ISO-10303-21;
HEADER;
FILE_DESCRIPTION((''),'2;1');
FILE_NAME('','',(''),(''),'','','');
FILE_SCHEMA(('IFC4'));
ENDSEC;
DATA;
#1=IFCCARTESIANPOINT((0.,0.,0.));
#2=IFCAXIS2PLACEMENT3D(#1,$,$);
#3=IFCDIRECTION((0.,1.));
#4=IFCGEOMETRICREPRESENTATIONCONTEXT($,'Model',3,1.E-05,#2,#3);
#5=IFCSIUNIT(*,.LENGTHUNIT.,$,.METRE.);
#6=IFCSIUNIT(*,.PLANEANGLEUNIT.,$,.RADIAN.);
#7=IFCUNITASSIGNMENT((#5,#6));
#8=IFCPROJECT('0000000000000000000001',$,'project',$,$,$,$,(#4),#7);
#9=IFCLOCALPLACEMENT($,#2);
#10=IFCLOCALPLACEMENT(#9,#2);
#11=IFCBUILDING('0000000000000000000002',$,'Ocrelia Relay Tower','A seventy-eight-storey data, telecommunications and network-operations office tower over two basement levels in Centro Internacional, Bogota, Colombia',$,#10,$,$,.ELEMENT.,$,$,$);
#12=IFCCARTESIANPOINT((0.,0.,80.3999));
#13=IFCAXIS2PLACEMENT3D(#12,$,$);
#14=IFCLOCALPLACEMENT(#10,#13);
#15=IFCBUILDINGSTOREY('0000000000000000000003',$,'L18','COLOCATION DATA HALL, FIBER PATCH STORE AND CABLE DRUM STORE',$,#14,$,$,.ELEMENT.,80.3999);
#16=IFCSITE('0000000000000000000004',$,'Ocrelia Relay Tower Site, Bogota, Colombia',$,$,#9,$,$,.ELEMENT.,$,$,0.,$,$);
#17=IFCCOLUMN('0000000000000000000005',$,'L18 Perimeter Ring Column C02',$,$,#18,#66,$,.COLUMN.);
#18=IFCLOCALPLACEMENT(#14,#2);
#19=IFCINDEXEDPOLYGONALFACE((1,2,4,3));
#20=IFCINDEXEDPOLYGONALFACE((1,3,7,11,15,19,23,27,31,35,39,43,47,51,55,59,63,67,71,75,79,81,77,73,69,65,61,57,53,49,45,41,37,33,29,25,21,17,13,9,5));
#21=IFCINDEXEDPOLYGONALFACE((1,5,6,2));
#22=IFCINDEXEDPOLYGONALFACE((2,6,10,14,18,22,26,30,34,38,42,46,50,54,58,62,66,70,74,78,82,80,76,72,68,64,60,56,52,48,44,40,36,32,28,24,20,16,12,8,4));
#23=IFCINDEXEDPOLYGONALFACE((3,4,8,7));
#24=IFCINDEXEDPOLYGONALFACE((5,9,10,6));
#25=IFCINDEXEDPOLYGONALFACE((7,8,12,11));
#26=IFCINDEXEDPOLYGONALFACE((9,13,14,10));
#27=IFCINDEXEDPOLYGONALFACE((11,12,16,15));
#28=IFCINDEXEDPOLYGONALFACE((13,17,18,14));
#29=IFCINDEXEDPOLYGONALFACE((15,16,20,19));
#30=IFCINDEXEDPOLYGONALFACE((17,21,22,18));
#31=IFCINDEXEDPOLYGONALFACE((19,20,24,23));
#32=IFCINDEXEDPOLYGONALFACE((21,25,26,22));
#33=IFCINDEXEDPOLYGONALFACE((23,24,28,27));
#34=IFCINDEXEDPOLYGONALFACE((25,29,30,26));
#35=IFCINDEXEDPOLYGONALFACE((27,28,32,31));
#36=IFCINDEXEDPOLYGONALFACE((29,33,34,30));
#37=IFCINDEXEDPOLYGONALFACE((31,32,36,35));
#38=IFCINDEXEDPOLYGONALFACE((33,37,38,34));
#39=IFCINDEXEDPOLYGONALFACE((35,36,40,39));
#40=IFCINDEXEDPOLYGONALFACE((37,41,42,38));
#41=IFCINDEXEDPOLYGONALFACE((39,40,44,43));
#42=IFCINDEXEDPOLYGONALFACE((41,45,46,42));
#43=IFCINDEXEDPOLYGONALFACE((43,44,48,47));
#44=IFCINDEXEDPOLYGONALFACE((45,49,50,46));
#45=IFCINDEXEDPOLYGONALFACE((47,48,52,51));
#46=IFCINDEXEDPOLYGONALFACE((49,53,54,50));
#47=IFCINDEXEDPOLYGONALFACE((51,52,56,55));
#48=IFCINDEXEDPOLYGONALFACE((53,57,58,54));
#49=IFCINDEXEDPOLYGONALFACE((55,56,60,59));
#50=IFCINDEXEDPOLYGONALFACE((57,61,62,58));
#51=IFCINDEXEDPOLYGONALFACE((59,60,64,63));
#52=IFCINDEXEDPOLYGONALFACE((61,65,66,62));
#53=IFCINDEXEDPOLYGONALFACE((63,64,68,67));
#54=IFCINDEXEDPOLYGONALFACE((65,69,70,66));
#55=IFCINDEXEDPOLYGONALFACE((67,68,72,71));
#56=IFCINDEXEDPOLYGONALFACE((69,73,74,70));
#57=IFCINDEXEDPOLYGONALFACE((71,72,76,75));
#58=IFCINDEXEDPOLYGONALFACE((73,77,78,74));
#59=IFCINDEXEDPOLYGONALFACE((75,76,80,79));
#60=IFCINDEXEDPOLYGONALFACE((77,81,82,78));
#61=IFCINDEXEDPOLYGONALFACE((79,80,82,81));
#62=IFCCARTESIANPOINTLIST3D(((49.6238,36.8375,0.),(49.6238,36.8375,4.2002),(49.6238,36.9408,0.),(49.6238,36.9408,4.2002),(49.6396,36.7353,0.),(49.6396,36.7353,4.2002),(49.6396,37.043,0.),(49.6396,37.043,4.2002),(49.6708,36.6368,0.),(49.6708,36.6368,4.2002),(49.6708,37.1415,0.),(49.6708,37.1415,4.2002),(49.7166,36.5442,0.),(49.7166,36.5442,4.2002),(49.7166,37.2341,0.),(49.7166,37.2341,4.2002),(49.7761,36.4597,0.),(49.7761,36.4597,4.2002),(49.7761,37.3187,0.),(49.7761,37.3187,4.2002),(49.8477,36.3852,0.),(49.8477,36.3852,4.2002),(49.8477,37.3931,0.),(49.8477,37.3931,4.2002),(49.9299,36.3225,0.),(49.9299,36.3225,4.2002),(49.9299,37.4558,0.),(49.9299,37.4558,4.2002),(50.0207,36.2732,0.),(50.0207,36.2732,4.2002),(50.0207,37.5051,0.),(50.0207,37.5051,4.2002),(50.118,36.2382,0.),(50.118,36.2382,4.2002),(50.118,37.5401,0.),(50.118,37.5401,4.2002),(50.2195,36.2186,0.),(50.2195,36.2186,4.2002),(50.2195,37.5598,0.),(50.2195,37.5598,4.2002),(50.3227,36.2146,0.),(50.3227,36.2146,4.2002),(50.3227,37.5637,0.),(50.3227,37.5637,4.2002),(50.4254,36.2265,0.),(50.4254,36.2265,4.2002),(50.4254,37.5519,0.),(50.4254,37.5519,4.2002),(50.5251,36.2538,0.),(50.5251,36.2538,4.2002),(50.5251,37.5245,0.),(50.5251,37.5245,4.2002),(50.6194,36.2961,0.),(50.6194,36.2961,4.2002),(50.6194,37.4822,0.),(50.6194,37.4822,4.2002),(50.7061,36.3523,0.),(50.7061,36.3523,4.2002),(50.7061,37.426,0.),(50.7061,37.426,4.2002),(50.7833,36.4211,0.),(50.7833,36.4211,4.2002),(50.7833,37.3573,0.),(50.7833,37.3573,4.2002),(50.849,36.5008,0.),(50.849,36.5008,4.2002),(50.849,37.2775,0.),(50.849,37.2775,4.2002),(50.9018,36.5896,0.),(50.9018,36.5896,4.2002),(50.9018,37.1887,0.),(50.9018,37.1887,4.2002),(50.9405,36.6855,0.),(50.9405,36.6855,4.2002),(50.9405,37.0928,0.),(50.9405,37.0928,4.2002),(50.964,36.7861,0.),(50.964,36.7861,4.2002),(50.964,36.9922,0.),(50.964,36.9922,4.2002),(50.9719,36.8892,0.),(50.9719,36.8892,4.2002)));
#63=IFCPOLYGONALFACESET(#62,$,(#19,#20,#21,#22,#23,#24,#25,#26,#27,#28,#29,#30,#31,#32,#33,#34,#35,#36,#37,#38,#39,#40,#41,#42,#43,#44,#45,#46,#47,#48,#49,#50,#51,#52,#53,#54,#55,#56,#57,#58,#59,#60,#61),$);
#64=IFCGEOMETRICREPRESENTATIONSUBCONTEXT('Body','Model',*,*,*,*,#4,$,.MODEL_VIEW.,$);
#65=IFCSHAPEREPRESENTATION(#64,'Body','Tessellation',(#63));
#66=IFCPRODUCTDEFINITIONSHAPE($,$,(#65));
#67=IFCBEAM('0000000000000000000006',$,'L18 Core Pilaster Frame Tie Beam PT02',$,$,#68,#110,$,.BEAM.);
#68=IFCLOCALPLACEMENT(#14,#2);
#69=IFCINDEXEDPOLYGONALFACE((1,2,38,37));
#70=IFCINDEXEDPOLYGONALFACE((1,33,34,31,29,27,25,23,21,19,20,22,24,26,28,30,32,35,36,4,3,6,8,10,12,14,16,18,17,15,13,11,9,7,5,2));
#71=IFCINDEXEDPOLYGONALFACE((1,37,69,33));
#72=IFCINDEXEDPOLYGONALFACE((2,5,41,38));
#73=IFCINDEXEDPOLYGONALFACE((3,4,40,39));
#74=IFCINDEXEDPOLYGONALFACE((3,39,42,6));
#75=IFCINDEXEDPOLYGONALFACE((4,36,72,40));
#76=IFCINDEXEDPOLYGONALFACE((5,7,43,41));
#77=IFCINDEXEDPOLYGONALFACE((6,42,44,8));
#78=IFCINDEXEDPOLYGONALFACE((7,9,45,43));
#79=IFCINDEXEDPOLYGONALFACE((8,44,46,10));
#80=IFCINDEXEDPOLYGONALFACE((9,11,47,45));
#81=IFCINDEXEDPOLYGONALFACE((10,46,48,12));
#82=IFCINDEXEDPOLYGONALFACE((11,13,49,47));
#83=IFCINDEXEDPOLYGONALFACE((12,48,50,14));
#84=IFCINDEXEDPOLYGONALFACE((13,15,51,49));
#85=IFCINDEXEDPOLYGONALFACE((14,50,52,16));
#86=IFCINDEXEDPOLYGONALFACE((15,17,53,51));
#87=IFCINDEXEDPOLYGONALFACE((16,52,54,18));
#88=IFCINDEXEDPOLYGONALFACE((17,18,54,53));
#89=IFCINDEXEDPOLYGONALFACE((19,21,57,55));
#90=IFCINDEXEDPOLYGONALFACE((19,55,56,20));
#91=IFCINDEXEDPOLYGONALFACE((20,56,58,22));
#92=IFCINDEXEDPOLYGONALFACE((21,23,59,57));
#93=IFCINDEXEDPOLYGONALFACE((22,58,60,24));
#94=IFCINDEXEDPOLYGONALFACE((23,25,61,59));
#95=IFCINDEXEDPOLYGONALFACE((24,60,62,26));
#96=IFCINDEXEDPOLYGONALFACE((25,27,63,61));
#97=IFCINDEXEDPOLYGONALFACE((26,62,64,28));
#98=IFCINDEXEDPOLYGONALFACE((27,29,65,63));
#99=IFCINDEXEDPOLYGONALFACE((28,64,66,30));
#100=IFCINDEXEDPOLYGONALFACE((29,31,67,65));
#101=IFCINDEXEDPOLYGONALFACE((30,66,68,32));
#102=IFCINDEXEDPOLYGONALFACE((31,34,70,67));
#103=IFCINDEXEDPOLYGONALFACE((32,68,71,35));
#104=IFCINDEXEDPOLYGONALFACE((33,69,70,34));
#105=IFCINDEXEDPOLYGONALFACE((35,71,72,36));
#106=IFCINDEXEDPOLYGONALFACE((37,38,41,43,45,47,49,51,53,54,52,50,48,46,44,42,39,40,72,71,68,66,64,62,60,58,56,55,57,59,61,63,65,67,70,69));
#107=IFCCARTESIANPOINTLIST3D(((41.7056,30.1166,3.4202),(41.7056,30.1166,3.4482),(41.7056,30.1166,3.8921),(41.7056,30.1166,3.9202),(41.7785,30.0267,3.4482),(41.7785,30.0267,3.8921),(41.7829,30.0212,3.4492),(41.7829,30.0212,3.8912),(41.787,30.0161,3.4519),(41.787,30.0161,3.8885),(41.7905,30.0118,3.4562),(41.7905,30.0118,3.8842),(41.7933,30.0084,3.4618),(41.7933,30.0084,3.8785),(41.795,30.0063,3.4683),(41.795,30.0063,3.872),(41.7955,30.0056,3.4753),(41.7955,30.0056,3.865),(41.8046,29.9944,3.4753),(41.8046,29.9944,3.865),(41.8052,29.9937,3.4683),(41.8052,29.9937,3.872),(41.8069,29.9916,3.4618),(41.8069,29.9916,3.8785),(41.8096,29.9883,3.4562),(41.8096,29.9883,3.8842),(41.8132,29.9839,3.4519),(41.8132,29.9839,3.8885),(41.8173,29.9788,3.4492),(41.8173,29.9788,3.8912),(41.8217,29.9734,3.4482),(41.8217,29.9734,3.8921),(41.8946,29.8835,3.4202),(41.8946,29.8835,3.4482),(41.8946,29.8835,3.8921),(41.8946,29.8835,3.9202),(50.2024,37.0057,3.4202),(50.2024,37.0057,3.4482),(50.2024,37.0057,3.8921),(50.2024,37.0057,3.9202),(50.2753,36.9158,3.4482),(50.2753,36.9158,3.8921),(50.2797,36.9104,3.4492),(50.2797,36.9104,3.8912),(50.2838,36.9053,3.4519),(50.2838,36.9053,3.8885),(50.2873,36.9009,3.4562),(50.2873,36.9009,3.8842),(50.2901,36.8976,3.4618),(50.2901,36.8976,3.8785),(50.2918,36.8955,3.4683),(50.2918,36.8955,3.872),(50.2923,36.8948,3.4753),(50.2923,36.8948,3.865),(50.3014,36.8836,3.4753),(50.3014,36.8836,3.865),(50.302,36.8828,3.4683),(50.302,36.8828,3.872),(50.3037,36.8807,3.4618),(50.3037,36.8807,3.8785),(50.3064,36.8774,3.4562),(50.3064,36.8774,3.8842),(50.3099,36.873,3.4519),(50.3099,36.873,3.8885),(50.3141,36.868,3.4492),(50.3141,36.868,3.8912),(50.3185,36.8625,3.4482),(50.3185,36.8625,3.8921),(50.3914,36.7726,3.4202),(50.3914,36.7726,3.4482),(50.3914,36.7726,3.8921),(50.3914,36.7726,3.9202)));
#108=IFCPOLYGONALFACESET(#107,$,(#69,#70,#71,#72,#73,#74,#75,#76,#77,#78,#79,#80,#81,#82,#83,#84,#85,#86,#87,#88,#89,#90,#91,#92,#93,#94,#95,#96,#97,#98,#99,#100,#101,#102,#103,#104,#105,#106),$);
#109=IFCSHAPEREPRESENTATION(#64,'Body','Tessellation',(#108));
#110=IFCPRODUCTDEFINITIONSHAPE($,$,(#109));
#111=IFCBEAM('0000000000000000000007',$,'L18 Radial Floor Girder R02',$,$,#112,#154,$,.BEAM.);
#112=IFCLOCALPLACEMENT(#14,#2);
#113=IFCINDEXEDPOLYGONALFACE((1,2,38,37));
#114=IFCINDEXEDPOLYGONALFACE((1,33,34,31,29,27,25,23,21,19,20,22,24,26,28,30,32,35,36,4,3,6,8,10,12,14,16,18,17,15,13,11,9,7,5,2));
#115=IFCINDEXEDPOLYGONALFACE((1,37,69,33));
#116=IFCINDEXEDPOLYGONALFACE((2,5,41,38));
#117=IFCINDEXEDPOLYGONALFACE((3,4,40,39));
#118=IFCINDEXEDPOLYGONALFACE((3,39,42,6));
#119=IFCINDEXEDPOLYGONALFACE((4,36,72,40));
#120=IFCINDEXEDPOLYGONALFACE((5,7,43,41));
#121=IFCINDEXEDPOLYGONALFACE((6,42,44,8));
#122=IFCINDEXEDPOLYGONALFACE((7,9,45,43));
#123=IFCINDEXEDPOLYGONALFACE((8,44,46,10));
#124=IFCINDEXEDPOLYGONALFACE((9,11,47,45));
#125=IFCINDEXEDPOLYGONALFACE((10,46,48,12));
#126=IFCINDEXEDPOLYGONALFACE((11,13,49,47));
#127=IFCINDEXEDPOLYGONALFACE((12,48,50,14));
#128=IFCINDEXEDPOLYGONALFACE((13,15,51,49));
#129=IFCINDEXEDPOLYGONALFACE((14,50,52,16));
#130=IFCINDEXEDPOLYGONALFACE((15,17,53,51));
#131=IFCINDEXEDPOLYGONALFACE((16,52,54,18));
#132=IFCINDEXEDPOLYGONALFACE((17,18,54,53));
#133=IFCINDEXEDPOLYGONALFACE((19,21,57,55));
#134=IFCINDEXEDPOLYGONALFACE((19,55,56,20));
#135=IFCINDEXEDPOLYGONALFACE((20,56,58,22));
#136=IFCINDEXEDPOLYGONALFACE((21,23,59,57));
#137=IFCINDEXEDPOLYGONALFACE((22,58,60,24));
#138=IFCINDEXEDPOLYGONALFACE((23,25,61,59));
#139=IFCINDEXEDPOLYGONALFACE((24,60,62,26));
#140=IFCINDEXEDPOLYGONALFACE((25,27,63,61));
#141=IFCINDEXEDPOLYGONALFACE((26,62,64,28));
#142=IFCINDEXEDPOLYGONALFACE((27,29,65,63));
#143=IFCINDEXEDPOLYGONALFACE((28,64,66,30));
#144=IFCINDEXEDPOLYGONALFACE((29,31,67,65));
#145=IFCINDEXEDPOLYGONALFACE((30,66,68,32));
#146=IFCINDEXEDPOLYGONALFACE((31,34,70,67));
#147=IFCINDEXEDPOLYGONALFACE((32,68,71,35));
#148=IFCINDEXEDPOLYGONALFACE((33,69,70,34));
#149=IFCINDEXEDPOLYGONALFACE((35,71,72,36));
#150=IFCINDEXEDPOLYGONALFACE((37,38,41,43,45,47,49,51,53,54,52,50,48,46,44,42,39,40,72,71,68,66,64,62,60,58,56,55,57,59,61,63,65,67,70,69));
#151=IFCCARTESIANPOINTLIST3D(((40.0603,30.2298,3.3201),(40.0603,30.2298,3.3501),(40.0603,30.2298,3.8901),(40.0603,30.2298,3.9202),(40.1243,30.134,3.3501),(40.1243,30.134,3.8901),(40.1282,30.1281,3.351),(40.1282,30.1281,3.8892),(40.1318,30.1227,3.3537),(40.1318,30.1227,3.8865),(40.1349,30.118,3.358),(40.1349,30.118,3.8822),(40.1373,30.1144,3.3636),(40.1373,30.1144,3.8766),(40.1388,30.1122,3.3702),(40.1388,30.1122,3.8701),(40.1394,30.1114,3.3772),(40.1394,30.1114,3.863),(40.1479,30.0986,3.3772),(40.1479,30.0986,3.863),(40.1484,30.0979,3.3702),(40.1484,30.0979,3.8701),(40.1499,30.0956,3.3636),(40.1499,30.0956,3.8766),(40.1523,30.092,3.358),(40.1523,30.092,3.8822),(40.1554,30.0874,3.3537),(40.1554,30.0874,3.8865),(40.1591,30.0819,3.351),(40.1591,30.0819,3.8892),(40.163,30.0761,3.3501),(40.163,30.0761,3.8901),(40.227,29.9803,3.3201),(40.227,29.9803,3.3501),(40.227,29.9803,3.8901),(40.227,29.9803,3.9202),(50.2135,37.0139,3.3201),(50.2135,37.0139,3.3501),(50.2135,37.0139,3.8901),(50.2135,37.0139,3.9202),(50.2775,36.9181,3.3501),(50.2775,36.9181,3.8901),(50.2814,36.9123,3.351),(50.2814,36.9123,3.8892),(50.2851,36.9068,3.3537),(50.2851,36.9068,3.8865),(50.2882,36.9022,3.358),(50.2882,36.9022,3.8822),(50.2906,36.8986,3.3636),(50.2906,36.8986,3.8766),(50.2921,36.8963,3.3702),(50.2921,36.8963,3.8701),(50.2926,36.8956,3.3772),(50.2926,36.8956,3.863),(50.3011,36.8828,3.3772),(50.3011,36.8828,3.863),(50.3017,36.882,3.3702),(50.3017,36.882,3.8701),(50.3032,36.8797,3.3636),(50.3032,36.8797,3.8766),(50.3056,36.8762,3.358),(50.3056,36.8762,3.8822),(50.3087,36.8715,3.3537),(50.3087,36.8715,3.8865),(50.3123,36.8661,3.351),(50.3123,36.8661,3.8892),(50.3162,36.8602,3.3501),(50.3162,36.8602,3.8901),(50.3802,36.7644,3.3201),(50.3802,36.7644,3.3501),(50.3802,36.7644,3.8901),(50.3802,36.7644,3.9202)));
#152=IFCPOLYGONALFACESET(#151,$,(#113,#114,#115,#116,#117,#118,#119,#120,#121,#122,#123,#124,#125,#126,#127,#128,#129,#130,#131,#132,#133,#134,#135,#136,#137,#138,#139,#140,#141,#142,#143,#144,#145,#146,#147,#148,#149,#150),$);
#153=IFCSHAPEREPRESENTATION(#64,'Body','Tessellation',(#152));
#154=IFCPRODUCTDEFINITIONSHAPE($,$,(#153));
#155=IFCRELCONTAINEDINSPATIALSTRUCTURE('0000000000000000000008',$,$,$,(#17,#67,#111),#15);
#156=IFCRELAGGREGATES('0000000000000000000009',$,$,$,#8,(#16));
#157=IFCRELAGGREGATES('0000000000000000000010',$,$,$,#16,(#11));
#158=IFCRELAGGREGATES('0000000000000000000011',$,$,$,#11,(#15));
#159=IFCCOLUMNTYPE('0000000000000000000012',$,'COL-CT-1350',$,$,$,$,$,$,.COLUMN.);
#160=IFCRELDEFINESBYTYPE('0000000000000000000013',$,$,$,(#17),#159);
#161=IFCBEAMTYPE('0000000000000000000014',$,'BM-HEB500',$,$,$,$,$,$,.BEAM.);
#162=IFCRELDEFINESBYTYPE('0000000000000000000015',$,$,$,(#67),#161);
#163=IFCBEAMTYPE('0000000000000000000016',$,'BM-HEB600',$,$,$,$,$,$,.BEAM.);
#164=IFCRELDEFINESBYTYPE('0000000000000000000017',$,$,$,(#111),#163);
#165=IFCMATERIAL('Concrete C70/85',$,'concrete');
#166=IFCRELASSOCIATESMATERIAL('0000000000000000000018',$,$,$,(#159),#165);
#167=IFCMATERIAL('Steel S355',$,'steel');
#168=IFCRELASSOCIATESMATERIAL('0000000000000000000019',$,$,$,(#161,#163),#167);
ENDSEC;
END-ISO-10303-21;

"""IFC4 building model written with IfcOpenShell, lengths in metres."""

from ifc_helpers import new_model, si_unit, direction, frame, origin, origin_2d, place, context, subcontext, project, spatial, circle, i_section, extrude, material, material_profile, profile_set, type_object, element, save


model = new_model("IFC4")

# Units and contexts
model_context = context("Model", 3, precision=1e-05, world=origin(), true_north=direction((0.0, 1.0)))
body_context = subcontext(model_context, "Body", "Model", "MODEL_VIEW")
ifc_project = project(units=[si_unit("LENGTHUNIT", "METRE"), si_unit("PLANEANGLEUNIT", "RADIAN")], contexts=[model_context])

# Site, building, storey
site_placement = place(None, origin())
site = spatial("IfcSite", under=ifc_project, at=site_placement, Name="Ocrelia Relay Tower Site, Bogota, Colombia", CompositionType="ELEMENT", RefElevation=0.0)
building_placement = place(site_placement, origin())
building = spatial("IfcBuilding", under=site, at=building_placement, Name="Ocrelia Relay Tower", Description="A seventy-eight-storey data, telecommunications and network-operations office tower over two basement levels in Centro Internacional, Bogota, Colombia", CompositionType="ELEMENT")
storey_placement = place(building_placement, frame((0.0, 0.0, 80.3999)))
storey = spatial("IfcBuildingStorey", under=building, at=storey_placement, Name="L18", Description="COLOCATION DATA HALL, FIBER PATCH STORE AND CABLE DRUM STORE", CompositionType="ELEMENT", Elevation=80.3999)

# Column
ifc_material_1 = material(Name="Concrete C70/85", Category="concrete")
ifc_material_profile_1 = material_profile(ifc_material_1, circle(Radius=0.675, at=origin_2d()), Name="RC-CIR-1350")
ifc_profile_set_1 = profile_set([ifc_material_profile_1], Name="Concrete C70/85")
column_type = type_object("IfcColumnType", Name="COL-CT-1350", PredefinedType="COLUMN", material=ifc_profile_set_1)
column_placement = place(storey_placement, frame((50.2969, 36.8892, 0.0), z_axis=(0.0, 0.0, 1.0), x_axis=(1.0, 0.0, 0.0)))
element("IfcColumn", 1, at=column_placement, inside=storey, type_object=column_type, Name="L18 Perimeter Ring Column C02", PredefinedType="COLUMN", context=body_context, shape_type="SweptSolid", body=[
    extrude(circle(Radius=0.675, at=origin_2d()), origin(), (0.0, 0.0, 1.0), 4.2002),
])

# Beams
ifc_material_2 = material(Name="Steel S355", Category="steel")
ifc_material_profile_2 = material_profile(ifc_material_2, i_section(OverallWidth=0.3, OverallDepth=0.5, WebThickness=0.0144, FlangeThickness=0.0281, FilletRadius=0.0271, at=origin_2d()), Name="HEB 500")
ifc_profile_set_2 = profile_set([ifc_material_profile_2], Name="Steel S355")
beam_type_1 = type_object("IfcBeamType", Name="BM-HEB500", PredefinedType="BEAM", material=ifc_profile_set_2)
beam_1_placement = place(storey_placement, frame((50.2969, 36.8892, 3.6702), z_axis=(-0.776763, -0.629793, 0.0), x_axis=(0.629793, -0.776763, 0.0)))
element("IfcBeam", 2, at=beam_1_placement, inside=storey, type_object=beam_type_1, Name="L18 Core Pilaster Frame Tie Beam PT02", PredefinedType="BEAM", context=body_context, shape_type="SweptSolid", body=[
    extrude(i_section(OverallWidth=0.3, OverallDepth=0.5, WebThickness=0.0144, FlangeThickness=0.0281, FilletRadius=0.0271, at=origin_2d()), origin(), (0.0, 0.0, 1.0), 10.9387),
])
ifc_material_profile_3 = material_profile(ifc_material_2, i_section(OverallWidth=0.3, OverallDepth=0.6001, WebThickness=0.0154, FlangeThickness=0.03, FilletRadius=0.0271, at=origin_2d()), Name="HEB 600")
ifc_profile_set_3 = profile_set([ifc_material_profile_3], Name="Steel S355")
beam_type_2 = type_object("IfcBeamType", Name="BM-HEB600", PredefinedType="BEAM", material=ifc_profile_set_3)
beam_2_placement = place(storey_placement, frame((50.2969, 36.8892, 3.6201), z_axis=(-0.831472, -0.555567, 0.0), x_axis=(0.555567, -0.831472, 0.0)))
element("IfcBeam", 3, at=beam_2_placement, inside=storey, type_object=beam_type_2, Name="L18 Radial Floor Girder R02", PredefinedType="BEAM", context=body_context, shape_type="SweptSolid", body=[
    extrude(i_section(OverallWidth=0.3, OverallDepth=0.6001, WebThickness=0.0154, FlangeThickness=0.03, FilletRadius=0.0271, at=origin_2d()), origin(), (0.0, 0.0, 1.0), 12.2112),
])

save(model, "model.ifc")
